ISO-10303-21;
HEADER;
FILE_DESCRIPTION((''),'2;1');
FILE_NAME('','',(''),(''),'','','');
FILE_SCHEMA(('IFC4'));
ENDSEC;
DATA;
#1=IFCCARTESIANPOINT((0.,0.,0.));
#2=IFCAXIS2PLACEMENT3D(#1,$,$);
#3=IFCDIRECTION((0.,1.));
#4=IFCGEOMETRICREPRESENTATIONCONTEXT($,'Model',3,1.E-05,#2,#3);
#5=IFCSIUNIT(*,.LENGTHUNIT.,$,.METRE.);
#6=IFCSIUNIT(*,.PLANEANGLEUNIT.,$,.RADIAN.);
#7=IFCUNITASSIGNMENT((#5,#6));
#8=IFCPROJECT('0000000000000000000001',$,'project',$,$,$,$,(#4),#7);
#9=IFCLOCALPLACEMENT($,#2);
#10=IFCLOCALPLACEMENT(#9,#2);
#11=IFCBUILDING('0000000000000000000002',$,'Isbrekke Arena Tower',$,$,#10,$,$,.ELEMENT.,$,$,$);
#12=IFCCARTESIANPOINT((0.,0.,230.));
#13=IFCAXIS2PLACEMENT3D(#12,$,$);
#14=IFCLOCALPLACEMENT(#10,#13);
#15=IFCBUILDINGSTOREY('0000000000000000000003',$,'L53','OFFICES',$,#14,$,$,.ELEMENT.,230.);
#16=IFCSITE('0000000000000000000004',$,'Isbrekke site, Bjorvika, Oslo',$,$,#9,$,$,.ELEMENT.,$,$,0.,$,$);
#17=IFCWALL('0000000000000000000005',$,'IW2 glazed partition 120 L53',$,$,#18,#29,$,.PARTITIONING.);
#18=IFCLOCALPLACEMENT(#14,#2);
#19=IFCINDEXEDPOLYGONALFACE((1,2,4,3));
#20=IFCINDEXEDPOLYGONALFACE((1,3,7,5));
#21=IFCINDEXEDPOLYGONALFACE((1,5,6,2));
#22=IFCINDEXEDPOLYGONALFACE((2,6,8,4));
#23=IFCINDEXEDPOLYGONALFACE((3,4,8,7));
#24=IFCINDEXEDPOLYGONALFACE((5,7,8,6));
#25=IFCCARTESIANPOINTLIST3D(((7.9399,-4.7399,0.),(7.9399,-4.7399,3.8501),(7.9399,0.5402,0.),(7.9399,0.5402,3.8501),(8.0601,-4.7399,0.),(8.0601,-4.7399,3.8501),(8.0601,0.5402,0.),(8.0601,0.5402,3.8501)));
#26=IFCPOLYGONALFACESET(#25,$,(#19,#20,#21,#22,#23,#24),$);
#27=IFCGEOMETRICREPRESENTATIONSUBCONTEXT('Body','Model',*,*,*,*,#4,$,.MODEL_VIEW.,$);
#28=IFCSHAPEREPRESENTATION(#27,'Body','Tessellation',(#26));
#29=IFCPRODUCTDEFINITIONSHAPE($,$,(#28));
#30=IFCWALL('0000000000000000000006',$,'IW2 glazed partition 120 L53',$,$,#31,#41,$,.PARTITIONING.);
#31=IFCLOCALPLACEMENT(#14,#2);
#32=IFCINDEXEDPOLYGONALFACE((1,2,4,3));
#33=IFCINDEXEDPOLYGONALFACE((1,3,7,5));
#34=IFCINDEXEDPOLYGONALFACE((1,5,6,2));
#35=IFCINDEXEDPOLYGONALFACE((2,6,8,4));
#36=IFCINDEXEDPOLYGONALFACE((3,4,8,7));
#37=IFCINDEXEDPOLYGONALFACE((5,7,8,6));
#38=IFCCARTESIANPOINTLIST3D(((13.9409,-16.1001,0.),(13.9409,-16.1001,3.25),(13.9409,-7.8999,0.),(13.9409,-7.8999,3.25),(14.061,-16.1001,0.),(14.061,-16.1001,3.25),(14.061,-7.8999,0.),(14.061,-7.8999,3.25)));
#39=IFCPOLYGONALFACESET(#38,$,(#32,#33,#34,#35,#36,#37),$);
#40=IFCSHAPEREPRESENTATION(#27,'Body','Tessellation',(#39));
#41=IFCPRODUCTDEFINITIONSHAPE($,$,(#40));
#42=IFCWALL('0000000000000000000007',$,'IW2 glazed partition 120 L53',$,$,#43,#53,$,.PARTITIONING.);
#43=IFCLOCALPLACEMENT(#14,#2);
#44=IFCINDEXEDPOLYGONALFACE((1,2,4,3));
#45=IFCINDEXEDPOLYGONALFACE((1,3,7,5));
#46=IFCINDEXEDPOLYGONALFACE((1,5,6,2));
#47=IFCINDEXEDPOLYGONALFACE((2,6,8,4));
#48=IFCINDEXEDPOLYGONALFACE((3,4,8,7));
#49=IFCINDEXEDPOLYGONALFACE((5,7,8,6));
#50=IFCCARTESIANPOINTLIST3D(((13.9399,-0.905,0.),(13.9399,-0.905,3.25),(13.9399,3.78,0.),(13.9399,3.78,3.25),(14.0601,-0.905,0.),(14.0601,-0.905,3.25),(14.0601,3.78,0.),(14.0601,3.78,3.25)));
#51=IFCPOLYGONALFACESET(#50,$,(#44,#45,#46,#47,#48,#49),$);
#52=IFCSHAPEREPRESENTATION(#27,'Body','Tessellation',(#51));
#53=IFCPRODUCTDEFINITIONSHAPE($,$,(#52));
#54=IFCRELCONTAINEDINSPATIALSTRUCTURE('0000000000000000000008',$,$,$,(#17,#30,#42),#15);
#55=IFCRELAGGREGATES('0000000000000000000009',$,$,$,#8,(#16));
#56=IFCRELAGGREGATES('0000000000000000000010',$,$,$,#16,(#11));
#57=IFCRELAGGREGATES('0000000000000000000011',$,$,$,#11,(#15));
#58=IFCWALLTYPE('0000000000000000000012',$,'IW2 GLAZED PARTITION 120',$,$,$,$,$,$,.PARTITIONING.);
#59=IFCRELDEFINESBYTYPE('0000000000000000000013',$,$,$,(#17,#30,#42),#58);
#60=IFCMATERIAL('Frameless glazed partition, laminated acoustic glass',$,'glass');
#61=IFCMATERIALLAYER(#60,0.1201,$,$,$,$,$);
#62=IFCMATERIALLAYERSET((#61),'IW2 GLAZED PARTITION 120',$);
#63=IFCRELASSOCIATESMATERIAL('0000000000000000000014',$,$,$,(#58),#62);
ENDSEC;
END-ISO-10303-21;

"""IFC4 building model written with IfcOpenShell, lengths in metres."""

from ifc_helpers import new_model, si_unit, direction, frame, frame_2d, origin, place, context, subcontext, project, spatial, rectangle, extrude, material, layer, layer_set, type_object, element, save


model = new_model("IFC4")

# Units and contexts
model_context = context("Model", 3, precision=1e-05, world=origin(), true_north=direction((0.0, 1.0)))
body_context = subcontext(model_context, "Body", "Model", "MODEL_VIEW")
ifc_project = project(units=[si_unit("LENGTHUNIT", "METRE"), si_unit("PLANEANGLEUNIT", "RADIAN")], contexts=[model_context])

# Site, building, storey
site_placement = place(None, origin())
site = spatial("IfcSite", under=ifc_project, at=site_placement, Name="Isbrekke site, Bjorvika, Oslo", CompositionType="ELEMENT", RefElevation=0.0)
building_placement = place(site_placement, origin())
building = spatial("IfcBuilding", under=site, at=building_placement, Name="Isbrekke Arena Tower", CompositionType="ELEMENT")
storey_placement = place(building_placement, frame((0.0, 0.0, 230.0)))
storey = spatial("IfcBuildingStorey", under=building, at=storey_placement, Name="L53", Description="OFFICES", CompositionType="ELEMENT", Elevation=230.0)

# Shared definitions
ifc_material_1 = material(Name="Frameless glazed partition, laminated acoustic glass", Category="glass")
ifc_layer_1 = layer(ifc_material_1, 0.1201)
ifc_layer_set_1 = layer_set([ifc_layer_1], Name="IW2 GLAZED PARTITION 120")
wall_type_1 = type_object("IfcWallType", Name="IW2 GLAZED PARTITION 120", PredefinedType="PARTITIONING", material=ifc_layer_set_1)

# Walls
wall_1_placement = place(storey_placement, frame((8.0, -4.74, 0.0), z_axis=(0.0, 0.0, 1.0), x_axis=(0.0, 1.0, 0.0)))
element("IfcWall", 1, at=wall_1_placement, inside=storey, type_object=wall_type_1, Name="IW2 glazed partition 120 L53", PredefinedType="PARTITIONING", context=body_context, shape_type="SweptSolid", body=[
    extrude(rectangle(XDim=5.28, YDim=0.1201, at=frame_2d((2.6401, 0.0))), origin(), (0.0, 0.0, 1.0), 3.8501),
])
wall_2_placement = place(storey_placement, frame((14.001, -16.1001, 0.0), z_axis=(0.0, 0.0, 1.0), x_axis=(0.0, 1.0, 0.0)))
element("IfcWall", 2, at=wall_2_placement, inside=storey, type_object=wall_type_1, Name="IW2 glazed partition 120 L53", PredefinedType="PARTITIONING", context=body_context, shape_type="SweptSolid", body=[
    extrude(rectangle(XDim=8.2002, YDim=0.1201, at=frame_2d((4.1001, 0.0))), origin(), (0.0, 0.0, 1.0), 3.25),
])
wall_3_placement = place(storey_placement, frame((14.0, -0.905, 0.0), z_axis=(0.0, 0.0, 1.0), x_axis=(0.0, 1.0, 0.0)))
element("IfcWall", 3, at=wall_3_placement, inside=storey, type_object=wall_type_1, Name="IW2 glazed partition 120 L53", PredefinedType="PARTITIONING", context=body_context, shape_type="SweptSolid", body=[
    extrude(rectangle(XDim=4.6851, YDim=0.1201, at=frame_2d((2.3425, 0.0))), origin(), (0.0, 0.0, 1.0), 3.25),
])

save(model, "model.ifc")
